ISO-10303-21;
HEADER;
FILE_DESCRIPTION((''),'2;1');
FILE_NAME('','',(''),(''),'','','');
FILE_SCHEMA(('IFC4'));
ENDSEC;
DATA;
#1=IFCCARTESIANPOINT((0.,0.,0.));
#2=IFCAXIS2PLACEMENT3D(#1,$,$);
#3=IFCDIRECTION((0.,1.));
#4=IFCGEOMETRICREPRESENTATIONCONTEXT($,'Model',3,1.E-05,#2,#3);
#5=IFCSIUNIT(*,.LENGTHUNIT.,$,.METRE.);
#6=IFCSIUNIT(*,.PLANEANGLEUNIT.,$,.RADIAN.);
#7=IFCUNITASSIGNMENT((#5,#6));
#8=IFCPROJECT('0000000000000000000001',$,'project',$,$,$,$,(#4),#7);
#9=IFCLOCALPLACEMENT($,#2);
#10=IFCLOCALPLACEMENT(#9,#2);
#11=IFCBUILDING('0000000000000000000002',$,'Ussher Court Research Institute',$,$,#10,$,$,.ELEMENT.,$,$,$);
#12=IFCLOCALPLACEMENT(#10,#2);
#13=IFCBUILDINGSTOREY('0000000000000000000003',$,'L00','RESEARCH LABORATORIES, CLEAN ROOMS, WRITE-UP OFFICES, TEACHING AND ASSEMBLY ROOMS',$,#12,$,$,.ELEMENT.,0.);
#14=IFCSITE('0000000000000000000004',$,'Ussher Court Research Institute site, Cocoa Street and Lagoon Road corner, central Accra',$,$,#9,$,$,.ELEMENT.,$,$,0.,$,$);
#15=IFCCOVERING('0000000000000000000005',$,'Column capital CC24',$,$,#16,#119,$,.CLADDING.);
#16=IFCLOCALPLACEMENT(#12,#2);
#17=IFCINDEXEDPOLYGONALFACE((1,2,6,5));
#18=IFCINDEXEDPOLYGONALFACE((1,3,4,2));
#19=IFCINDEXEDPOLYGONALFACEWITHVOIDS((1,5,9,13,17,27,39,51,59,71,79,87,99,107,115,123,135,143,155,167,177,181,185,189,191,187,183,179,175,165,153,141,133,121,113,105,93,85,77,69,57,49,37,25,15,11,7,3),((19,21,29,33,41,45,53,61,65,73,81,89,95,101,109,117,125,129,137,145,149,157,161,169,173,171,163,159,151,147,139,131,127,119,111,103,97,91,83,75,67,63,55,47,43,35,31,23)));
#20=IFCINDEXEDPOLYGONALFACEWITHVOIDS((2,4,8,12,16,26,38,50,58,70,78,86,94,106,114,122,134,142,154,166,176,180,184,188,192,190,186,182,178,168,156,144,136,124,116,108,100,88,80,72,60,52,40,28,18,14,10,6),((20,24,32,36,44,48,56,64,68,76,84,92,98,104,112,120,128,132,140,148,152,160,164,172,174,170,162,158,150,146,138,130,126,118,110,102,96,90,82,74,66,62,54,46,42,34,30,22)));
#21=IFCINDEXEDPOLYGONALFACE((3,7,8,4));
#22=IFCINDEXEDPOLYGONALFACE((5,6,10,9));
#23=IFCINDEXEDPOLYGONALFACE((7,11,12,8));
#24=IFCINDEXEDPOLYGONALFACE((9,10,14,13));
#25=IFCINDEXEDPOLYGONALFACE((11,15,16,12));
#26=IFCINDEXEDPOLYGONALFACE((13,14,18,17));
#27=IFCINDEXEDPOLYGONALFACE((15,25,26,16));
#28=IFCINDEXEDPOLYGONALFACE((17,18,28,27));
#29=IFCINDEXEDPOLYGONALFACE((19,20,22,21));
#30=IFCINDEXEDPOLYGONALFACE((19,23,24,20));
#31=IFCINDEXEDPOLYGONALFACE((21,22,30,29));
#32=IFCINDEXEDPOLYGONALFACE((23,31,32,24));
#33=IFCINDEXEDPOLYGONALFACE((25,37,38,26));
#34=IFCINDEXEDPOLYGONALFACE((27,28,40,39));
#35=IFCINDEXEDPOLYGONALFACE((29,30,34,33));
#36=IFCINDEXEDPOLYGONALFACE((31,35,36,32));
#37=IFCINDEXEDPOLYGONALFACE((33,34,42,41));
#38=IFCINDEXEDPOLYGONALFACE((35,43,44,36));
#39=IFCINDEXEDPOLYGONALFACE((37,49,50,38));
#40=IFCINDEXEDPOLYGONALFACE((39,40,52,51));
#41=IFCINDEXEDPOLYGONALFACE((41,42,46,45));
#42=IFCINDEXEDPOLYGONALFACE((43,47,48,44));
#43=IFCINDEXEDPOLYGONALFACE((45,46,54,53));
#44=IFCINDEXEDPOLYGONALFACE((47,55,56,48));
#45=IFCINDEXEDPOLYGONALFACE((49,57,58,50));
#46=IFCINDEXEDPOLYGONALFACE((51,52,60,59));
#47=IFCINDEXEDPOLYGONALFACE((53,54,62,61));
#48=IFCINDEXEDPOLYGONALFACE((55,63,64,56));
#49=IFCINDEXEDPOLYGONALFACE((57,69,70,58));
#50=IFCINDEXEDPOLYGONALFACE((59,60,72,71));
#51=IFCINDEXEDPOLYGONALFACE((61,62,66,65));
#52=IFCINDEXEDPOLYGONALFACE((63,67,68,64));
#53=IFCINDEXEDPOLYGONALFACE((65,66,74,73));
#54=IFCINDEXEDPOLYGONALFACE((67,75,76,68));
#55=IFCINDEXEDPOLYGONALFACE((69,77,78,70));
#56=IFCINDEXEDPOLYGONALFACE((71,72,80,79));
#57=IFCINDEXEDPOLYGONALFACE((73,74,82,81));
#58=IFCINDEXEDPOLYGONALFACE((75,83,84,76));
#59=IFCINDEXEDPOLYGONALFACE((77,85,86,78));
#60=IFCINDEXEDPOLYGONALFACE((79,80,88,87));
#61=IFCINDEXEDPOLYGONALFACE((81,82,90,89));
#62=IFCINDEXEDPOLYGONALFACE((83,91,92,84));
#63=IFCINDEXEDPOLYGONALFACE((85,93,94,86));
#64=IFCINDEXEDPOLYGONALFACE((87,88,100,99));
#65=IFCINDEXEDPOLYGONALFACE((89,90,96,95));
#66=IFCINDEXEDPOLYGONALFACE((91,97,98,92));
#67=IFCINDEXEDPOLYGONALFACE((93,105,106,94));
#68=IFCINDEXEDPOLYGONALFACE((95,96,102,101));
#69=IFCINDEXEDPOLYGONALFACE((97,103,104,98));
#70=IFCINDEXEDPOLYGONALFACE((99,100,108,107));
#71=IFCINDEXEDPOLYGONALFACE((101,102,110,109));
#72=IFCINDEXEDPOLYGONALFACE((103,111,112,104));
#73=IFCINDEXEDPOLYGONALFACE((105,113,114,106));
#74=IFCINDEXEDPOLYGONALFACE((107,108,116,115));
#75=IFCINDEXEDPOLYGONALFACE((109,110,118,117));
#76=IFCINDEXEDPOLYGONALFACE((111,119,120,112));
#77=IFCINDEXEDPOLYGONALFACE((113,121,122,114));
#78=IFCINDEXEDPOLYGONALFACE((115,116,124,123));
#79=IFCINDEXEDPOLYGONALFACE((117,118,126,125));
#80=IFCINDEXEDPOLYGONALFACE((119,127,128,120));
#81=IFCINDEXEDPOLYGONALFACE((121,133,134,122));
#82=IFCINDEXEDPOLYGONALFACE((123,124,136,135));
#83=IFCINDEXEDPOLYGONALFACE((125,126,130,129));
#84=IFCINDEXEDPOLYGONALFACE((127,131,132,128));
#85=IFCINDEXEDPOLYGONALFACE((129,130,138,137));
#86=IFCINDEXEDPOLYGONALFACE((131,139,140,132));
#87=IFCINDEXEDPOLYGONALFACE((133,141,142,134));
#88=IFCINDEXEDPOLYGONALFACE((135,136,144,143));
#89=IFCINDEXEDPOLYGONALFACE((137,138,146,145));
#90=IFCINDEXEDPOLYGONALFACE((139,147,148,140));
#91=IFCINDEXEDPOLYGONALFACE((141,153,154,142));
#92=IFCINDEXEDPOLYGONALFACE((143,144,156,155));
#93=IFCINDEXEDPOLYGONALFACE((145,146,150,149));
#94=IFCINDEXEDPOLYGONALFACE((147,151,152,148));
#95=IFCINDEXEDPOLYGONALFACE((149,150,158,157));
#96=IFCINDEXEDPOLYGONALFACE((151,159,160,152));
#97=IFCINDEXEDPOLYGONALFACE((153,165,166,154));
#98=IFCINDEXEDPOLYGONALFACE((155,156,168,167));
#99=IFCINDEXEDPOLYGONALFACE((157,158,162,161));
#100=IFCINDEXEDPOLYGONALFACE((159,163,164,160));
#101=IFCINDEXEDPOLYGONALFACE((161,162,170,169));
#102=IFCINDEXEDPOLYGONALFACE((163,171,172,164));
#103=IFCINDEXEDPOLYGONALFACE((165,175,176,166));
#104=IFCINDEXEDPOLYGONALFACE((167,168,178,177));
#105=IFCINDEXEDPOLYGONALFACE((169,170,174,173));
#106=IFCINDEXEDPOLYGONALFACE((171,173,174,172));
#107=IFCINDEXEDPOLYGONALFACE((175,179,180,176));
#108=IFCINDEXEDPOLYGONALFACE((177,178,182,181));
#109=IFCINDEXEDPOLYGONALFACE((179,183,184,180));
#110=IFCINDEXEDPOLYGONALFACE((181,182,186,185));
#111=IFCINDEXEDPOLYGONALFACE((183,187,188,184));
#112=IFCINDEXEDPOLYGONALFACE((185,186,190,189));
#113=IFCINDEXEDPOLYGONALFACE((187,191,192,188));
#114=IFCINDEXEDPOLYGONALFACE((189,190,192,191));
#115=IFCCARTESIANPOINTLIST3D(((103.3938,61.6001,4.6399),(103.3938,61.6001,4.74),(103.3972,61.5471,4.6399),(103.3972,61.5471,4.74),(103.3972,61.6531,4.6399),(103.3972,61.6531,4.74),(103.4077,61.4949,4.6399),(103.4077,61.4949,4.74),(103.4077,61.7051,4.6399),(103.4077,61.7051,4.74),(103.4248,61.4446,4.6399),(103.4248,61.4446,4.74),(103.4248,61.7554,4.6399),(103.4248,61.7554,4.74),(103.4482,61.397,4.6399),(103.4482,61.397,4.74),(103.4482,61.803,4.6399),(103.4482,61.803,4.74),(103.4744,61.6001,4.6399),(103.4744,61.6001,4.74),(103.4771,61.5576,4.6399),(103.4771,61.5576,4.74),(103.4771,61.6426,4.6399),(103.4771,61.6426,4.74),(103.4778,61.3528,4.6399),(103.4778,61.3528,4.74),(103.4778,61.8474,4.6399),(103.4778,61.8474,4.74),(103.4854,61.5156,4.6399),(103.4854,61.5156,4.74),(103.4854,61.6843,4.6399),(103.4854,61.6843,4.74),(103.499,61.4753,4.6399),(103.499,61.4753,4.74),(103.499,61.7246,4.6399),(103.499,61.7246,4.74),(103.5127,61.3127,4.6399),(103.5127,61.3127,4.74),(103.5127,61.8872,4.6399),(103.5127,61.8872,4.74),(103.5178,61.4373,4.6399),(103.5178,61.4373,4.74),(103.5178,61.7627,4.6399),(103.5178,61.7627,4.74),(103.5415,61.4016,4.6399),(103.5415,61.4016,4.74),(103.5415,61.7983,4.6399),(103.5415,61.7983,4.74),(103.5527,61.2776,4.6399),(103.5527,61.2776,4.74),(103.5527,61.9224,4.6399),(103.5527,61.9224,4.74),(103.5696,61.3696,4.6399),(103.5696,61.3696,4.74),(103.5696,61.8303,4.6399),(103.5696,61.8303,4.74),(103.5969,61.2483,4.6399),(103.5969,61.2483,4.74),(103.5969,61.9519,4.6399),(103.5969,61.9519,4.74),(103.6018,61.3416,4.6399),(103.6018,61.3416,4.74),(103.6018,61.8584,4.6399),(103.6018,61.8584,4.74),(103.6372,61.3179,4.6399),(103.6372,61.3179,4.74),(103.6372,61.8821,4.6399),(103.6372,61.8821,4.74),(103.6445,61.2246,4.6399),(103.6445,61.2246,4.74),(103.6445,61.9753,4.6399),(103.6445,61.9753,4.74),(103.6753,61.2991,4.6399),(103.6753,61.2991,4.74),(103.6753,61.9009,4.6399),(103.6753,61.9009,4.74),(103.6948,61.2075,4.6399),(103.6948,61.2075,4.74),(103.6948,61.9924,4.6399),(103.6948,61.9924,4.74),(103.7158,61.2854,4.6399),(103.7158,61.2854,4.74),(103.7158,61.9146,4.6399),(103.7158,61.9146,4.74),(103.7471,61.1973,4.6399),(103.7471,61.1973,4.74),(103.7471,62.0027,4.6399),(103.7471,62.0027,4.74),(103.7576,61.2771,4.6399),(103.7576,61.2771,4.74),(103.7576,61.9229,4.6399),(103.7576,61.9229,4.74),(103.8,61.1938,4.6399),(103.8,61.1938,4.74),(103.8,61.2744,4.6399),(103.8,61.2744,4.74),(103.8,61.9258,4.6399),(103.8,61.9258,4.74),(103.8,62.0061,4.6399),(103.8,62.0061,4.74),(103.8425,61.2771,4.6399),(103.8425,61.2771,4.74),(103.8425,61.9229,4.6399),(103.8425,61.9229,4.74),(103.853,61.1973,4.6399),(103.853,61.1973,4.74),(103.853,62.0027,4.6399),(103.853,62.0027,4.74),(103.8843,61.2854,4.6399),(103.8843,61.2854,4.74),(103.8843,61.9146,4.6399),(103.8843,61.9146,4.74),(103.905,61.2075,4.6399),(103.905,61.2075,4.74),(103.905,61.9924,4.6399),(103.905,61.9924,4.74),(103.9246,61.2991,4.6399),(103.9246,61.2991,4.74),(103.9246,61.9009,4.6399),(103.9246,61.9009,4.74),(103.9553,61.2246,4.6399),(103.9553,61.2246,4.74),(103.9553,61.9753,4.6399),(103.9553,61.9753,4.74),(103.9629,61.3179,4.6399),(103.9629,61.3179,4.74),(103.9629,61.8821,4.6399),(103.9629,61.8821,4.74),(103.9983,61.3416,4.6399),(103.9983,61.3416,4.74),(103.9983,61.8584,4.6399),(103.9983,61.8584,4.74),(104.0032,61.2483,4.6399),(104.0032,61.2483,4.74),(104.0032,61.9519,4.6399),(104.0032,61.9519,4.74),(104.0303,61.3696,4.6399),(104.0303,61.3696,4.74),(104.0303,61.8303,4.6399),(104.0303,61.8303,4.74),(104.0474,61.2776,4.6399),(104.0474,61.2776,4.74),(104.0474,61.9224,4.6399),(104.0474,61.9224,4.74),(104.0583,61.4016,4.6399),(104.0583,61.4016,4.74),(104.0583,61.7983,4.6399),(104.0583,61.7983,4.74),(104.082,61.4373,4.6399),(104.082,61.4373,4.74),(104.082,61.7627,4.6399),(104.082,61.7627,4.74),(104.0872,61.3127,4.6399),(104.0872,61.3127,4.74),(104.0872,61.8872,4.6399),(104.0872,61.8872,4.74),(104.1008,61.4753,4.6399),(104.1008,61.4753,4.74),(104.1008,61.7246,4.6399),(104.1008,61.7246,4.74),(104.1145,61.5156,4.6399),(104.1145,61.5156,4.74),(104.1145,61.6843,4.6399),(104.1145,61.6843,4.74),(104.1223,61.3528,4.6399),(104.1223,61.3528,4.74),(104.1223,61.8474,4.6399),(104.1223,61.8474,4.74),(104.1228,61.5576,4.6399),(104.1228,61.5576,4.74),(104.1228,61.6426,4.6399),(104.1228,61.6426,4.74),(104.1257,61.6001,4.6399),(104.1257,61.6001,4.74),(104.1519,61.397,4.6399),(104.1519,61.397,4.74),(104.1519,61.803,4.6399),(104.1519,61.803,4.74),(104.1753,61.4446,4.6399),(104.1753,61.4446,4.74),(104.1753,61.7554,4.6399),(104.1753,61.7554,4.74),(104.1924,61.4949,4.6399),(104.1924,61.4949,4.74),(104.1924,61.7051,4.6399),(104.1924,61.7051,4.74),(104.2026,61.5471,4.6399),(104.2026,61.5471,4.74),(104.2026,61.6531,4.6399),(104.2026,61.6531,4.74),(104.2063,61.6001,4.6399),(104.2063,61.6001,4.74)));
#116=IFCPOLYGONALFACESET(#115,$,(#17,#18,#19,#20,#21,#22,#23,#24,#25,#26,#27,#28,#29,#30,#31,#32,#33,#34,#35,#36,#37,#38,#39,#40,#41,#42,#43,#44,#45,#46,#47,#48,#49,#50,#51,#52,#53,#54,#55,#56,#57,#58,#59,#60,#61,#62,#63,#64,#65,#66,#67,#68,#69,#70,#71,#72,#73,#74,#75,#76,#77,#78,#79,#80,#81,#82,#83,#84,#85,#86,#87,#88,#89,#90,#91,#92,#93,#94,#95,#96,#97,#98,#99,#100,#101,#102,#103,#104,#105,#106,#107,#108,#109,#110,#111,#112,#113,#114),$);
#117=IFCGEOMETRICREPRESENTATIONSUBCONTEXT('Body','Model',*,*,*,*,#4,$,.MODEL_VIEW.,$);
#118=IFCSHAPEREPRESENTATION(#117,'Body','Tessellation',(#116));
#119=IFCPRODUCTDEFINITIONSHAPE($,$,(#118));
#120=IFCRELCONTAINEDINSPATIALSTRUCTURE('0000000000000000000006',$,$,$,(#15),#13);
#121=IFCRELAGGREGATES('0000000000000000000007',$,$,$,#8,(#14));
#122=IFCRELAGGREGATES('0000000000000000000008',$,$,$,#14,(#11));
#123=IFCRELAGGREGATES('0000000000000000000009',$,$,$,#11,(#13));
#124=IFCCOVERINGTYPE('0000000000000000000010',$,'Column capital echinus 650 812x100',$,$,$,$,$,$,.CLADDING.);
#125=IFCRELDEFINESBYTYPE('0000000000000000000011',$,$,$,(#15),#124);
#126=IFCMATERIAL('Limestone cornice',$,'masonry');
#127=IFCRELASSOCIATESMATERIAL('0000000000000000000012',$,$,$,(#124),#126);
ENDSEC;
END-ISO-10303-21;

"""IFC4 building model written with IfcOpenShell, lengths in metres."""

from ifc_helpers import new_model, si_unit, direction, frame, origin, place, context, subcontext, project, spatial, polyline, outline, extrude, material, type_object, element, save


model = new_model("IFC4")

# Units and contexts
model_context = context("Model", 3, precision=1e-05, world=origin(), true_north=direction((0.0, 1.0)))
body_context = subcontext(model_context, "Body", "Model", "MODEL_VIEW")
ifc_project = project(units=[si_unit("LENGTHUNIT", "METRE"), si_unit("PLANEANGLEUNIT", "RADIAN")], contexts=[model_context])

# Site, building, storey
site_placement = place(None, origin())
site = spatial("IfcSite", under=ifc_project, at=site_placement, Name="Ussher Court Research Institute site, Cocoa Street and Lagoon Road corner, central Accra", CompositionType="ELEMENT", RefElevation=0.0)
building_placement = place(site_placement, origin())
building = spatial("IfcBuilding", under=site, at=building_placement, Name="Ussher Court Research Institute", CompositionType="ELEMENT")
storey_placement = place(building_placement, origin())
storey = spatial("IfcBuildingStorey", under=building, at=storey_placement, Name="L00", Description="RESEARCH LABORATORIES, CLEAN ROOMS, WRITE-UP OFFICES, TEACHING AND ASSEMBLY ROOMS", CompositionType="ELEMENT", Elevation=0.0)

# Covering
ifc_material_1 = material(Name="Limestone cornice", Category="masonry")
covering_type_1 = type_object("IfcCoveringType", Name="Column capital echinus 650 812x100", PredefinedType="CLADDING", material=ifc_material_1)
covering_1_placement = place(storey_placement, frame((0.0, 0.0, 4.6399)))
element("IfcCovering", 1, at=covering_1_placement, inside=storey, type_object=covering_type_1, Name="Column capital CC24", PredefinedType="CLADDING", context=body_context, shape_type="SweptSolid", body=[
    extrude(outline(polyline([(104.2063, 61.6001), (104.2026, 61.6531), (104.1924, 61.7051), (104.1753, 61.7554), (104.1519, 61.803), (104.1223, 61.8474), (104.0872, 61.8872), (104.0474, 61.9224), (104.0032, 61.9519), (103.9553, 61.9753), (103.905, 61.9924), (103.853, 62.0027), (103.8, 62.0061), (103.7471, 62.0027), (103.6948, 61.9924), (103.6445, 61.9753), (103.5969, 61.9519), (103.5527, 61.9224), (103.5127, 61.8872), (103.4778, 61.8474), (103.4482, 61.803), (103.4248, 61.7554), (103.4077, 61.7051), (103.3972, 61.6531), (103.3938, 61.6001), (103.3972, 61.5471), (103.4077, 61.4949), (103.4248, 61.4446), (103.4482, 61.397), (103.4778, 61.3528), (103.5127, 61.3127), (103.5527, 61.2776), (103.5969, 61.2483), (103.6445, 61.2246), (103.6948, 61.2075), (103.7471, 61.1973), (103.8, 61.1938), (103.853, 61.1973), (103.905, 61.2075), (103.9553, 61.2246), (104.0032, 61.2483), (104.0474, 61.2776), (104.0872, 61.3127), (104.1223, 61.3528), (104.1519, 61.397), (104.1753, 61.4446), (104.1924, 61.4949), (104.2026, 61.5471), (104.2063, 61.6001)]), holes=[polyline([(104.1257, 61.6001), (104.1228, 61.6426), (104.1145, 61.6843), (104.1008, 61.7246), (104.082, 61.7627), (104.0583, 61.7983), (104.0303, 61.8303), (103.9983, 61.8584), (103.9629, 61.8821), (103.9246, 61.9009), (103.8843, 61.9146), (103.8425, 61.9229), (103.8, 61.9258), (103.7576, 61.9229), (103.7158, 61.9146), (103.6753, 61.9009), (103.6372, 61.8821), (103.6018, 61.8584), (103.5696, 61.8303), (103.5415, 61.7983), (103.5178, 61.7627), (103.499, 61.7246), (103.4854, 61.6843), (103.4771, 61.6426), (103.4744, 61.6001), (103.4771, 61.5576), (103.4854, 61.5156), (103.499, 61.4753), (103.5178, 61.4373), (103.5415, 61.4016), (103.5696, 61.3696), (103.6018, 61.3416), (103.6372, 61.3179), (103.6753, 61.2991), (103.7158, 61.2854), (103.7576, 61.2771), (103.8, 61.2744), (103.8425, 61.2771), (103.8843, 61.2854), (103.9246, 61.2991), (103.9629, 61.3179), (103.9983, 61.3416), (104.0303, 61.3696), (104.0583, 61.4016), (104.082, 61.4373), (104.1008, 61.4753), (104.1145, 61.5156), (104.1228, 61.5576), (104.1257, 61.6001)])]), origin(), (0.0, 0.0, 1.0), 0.1001),
])

save(model, "model.ifc")
